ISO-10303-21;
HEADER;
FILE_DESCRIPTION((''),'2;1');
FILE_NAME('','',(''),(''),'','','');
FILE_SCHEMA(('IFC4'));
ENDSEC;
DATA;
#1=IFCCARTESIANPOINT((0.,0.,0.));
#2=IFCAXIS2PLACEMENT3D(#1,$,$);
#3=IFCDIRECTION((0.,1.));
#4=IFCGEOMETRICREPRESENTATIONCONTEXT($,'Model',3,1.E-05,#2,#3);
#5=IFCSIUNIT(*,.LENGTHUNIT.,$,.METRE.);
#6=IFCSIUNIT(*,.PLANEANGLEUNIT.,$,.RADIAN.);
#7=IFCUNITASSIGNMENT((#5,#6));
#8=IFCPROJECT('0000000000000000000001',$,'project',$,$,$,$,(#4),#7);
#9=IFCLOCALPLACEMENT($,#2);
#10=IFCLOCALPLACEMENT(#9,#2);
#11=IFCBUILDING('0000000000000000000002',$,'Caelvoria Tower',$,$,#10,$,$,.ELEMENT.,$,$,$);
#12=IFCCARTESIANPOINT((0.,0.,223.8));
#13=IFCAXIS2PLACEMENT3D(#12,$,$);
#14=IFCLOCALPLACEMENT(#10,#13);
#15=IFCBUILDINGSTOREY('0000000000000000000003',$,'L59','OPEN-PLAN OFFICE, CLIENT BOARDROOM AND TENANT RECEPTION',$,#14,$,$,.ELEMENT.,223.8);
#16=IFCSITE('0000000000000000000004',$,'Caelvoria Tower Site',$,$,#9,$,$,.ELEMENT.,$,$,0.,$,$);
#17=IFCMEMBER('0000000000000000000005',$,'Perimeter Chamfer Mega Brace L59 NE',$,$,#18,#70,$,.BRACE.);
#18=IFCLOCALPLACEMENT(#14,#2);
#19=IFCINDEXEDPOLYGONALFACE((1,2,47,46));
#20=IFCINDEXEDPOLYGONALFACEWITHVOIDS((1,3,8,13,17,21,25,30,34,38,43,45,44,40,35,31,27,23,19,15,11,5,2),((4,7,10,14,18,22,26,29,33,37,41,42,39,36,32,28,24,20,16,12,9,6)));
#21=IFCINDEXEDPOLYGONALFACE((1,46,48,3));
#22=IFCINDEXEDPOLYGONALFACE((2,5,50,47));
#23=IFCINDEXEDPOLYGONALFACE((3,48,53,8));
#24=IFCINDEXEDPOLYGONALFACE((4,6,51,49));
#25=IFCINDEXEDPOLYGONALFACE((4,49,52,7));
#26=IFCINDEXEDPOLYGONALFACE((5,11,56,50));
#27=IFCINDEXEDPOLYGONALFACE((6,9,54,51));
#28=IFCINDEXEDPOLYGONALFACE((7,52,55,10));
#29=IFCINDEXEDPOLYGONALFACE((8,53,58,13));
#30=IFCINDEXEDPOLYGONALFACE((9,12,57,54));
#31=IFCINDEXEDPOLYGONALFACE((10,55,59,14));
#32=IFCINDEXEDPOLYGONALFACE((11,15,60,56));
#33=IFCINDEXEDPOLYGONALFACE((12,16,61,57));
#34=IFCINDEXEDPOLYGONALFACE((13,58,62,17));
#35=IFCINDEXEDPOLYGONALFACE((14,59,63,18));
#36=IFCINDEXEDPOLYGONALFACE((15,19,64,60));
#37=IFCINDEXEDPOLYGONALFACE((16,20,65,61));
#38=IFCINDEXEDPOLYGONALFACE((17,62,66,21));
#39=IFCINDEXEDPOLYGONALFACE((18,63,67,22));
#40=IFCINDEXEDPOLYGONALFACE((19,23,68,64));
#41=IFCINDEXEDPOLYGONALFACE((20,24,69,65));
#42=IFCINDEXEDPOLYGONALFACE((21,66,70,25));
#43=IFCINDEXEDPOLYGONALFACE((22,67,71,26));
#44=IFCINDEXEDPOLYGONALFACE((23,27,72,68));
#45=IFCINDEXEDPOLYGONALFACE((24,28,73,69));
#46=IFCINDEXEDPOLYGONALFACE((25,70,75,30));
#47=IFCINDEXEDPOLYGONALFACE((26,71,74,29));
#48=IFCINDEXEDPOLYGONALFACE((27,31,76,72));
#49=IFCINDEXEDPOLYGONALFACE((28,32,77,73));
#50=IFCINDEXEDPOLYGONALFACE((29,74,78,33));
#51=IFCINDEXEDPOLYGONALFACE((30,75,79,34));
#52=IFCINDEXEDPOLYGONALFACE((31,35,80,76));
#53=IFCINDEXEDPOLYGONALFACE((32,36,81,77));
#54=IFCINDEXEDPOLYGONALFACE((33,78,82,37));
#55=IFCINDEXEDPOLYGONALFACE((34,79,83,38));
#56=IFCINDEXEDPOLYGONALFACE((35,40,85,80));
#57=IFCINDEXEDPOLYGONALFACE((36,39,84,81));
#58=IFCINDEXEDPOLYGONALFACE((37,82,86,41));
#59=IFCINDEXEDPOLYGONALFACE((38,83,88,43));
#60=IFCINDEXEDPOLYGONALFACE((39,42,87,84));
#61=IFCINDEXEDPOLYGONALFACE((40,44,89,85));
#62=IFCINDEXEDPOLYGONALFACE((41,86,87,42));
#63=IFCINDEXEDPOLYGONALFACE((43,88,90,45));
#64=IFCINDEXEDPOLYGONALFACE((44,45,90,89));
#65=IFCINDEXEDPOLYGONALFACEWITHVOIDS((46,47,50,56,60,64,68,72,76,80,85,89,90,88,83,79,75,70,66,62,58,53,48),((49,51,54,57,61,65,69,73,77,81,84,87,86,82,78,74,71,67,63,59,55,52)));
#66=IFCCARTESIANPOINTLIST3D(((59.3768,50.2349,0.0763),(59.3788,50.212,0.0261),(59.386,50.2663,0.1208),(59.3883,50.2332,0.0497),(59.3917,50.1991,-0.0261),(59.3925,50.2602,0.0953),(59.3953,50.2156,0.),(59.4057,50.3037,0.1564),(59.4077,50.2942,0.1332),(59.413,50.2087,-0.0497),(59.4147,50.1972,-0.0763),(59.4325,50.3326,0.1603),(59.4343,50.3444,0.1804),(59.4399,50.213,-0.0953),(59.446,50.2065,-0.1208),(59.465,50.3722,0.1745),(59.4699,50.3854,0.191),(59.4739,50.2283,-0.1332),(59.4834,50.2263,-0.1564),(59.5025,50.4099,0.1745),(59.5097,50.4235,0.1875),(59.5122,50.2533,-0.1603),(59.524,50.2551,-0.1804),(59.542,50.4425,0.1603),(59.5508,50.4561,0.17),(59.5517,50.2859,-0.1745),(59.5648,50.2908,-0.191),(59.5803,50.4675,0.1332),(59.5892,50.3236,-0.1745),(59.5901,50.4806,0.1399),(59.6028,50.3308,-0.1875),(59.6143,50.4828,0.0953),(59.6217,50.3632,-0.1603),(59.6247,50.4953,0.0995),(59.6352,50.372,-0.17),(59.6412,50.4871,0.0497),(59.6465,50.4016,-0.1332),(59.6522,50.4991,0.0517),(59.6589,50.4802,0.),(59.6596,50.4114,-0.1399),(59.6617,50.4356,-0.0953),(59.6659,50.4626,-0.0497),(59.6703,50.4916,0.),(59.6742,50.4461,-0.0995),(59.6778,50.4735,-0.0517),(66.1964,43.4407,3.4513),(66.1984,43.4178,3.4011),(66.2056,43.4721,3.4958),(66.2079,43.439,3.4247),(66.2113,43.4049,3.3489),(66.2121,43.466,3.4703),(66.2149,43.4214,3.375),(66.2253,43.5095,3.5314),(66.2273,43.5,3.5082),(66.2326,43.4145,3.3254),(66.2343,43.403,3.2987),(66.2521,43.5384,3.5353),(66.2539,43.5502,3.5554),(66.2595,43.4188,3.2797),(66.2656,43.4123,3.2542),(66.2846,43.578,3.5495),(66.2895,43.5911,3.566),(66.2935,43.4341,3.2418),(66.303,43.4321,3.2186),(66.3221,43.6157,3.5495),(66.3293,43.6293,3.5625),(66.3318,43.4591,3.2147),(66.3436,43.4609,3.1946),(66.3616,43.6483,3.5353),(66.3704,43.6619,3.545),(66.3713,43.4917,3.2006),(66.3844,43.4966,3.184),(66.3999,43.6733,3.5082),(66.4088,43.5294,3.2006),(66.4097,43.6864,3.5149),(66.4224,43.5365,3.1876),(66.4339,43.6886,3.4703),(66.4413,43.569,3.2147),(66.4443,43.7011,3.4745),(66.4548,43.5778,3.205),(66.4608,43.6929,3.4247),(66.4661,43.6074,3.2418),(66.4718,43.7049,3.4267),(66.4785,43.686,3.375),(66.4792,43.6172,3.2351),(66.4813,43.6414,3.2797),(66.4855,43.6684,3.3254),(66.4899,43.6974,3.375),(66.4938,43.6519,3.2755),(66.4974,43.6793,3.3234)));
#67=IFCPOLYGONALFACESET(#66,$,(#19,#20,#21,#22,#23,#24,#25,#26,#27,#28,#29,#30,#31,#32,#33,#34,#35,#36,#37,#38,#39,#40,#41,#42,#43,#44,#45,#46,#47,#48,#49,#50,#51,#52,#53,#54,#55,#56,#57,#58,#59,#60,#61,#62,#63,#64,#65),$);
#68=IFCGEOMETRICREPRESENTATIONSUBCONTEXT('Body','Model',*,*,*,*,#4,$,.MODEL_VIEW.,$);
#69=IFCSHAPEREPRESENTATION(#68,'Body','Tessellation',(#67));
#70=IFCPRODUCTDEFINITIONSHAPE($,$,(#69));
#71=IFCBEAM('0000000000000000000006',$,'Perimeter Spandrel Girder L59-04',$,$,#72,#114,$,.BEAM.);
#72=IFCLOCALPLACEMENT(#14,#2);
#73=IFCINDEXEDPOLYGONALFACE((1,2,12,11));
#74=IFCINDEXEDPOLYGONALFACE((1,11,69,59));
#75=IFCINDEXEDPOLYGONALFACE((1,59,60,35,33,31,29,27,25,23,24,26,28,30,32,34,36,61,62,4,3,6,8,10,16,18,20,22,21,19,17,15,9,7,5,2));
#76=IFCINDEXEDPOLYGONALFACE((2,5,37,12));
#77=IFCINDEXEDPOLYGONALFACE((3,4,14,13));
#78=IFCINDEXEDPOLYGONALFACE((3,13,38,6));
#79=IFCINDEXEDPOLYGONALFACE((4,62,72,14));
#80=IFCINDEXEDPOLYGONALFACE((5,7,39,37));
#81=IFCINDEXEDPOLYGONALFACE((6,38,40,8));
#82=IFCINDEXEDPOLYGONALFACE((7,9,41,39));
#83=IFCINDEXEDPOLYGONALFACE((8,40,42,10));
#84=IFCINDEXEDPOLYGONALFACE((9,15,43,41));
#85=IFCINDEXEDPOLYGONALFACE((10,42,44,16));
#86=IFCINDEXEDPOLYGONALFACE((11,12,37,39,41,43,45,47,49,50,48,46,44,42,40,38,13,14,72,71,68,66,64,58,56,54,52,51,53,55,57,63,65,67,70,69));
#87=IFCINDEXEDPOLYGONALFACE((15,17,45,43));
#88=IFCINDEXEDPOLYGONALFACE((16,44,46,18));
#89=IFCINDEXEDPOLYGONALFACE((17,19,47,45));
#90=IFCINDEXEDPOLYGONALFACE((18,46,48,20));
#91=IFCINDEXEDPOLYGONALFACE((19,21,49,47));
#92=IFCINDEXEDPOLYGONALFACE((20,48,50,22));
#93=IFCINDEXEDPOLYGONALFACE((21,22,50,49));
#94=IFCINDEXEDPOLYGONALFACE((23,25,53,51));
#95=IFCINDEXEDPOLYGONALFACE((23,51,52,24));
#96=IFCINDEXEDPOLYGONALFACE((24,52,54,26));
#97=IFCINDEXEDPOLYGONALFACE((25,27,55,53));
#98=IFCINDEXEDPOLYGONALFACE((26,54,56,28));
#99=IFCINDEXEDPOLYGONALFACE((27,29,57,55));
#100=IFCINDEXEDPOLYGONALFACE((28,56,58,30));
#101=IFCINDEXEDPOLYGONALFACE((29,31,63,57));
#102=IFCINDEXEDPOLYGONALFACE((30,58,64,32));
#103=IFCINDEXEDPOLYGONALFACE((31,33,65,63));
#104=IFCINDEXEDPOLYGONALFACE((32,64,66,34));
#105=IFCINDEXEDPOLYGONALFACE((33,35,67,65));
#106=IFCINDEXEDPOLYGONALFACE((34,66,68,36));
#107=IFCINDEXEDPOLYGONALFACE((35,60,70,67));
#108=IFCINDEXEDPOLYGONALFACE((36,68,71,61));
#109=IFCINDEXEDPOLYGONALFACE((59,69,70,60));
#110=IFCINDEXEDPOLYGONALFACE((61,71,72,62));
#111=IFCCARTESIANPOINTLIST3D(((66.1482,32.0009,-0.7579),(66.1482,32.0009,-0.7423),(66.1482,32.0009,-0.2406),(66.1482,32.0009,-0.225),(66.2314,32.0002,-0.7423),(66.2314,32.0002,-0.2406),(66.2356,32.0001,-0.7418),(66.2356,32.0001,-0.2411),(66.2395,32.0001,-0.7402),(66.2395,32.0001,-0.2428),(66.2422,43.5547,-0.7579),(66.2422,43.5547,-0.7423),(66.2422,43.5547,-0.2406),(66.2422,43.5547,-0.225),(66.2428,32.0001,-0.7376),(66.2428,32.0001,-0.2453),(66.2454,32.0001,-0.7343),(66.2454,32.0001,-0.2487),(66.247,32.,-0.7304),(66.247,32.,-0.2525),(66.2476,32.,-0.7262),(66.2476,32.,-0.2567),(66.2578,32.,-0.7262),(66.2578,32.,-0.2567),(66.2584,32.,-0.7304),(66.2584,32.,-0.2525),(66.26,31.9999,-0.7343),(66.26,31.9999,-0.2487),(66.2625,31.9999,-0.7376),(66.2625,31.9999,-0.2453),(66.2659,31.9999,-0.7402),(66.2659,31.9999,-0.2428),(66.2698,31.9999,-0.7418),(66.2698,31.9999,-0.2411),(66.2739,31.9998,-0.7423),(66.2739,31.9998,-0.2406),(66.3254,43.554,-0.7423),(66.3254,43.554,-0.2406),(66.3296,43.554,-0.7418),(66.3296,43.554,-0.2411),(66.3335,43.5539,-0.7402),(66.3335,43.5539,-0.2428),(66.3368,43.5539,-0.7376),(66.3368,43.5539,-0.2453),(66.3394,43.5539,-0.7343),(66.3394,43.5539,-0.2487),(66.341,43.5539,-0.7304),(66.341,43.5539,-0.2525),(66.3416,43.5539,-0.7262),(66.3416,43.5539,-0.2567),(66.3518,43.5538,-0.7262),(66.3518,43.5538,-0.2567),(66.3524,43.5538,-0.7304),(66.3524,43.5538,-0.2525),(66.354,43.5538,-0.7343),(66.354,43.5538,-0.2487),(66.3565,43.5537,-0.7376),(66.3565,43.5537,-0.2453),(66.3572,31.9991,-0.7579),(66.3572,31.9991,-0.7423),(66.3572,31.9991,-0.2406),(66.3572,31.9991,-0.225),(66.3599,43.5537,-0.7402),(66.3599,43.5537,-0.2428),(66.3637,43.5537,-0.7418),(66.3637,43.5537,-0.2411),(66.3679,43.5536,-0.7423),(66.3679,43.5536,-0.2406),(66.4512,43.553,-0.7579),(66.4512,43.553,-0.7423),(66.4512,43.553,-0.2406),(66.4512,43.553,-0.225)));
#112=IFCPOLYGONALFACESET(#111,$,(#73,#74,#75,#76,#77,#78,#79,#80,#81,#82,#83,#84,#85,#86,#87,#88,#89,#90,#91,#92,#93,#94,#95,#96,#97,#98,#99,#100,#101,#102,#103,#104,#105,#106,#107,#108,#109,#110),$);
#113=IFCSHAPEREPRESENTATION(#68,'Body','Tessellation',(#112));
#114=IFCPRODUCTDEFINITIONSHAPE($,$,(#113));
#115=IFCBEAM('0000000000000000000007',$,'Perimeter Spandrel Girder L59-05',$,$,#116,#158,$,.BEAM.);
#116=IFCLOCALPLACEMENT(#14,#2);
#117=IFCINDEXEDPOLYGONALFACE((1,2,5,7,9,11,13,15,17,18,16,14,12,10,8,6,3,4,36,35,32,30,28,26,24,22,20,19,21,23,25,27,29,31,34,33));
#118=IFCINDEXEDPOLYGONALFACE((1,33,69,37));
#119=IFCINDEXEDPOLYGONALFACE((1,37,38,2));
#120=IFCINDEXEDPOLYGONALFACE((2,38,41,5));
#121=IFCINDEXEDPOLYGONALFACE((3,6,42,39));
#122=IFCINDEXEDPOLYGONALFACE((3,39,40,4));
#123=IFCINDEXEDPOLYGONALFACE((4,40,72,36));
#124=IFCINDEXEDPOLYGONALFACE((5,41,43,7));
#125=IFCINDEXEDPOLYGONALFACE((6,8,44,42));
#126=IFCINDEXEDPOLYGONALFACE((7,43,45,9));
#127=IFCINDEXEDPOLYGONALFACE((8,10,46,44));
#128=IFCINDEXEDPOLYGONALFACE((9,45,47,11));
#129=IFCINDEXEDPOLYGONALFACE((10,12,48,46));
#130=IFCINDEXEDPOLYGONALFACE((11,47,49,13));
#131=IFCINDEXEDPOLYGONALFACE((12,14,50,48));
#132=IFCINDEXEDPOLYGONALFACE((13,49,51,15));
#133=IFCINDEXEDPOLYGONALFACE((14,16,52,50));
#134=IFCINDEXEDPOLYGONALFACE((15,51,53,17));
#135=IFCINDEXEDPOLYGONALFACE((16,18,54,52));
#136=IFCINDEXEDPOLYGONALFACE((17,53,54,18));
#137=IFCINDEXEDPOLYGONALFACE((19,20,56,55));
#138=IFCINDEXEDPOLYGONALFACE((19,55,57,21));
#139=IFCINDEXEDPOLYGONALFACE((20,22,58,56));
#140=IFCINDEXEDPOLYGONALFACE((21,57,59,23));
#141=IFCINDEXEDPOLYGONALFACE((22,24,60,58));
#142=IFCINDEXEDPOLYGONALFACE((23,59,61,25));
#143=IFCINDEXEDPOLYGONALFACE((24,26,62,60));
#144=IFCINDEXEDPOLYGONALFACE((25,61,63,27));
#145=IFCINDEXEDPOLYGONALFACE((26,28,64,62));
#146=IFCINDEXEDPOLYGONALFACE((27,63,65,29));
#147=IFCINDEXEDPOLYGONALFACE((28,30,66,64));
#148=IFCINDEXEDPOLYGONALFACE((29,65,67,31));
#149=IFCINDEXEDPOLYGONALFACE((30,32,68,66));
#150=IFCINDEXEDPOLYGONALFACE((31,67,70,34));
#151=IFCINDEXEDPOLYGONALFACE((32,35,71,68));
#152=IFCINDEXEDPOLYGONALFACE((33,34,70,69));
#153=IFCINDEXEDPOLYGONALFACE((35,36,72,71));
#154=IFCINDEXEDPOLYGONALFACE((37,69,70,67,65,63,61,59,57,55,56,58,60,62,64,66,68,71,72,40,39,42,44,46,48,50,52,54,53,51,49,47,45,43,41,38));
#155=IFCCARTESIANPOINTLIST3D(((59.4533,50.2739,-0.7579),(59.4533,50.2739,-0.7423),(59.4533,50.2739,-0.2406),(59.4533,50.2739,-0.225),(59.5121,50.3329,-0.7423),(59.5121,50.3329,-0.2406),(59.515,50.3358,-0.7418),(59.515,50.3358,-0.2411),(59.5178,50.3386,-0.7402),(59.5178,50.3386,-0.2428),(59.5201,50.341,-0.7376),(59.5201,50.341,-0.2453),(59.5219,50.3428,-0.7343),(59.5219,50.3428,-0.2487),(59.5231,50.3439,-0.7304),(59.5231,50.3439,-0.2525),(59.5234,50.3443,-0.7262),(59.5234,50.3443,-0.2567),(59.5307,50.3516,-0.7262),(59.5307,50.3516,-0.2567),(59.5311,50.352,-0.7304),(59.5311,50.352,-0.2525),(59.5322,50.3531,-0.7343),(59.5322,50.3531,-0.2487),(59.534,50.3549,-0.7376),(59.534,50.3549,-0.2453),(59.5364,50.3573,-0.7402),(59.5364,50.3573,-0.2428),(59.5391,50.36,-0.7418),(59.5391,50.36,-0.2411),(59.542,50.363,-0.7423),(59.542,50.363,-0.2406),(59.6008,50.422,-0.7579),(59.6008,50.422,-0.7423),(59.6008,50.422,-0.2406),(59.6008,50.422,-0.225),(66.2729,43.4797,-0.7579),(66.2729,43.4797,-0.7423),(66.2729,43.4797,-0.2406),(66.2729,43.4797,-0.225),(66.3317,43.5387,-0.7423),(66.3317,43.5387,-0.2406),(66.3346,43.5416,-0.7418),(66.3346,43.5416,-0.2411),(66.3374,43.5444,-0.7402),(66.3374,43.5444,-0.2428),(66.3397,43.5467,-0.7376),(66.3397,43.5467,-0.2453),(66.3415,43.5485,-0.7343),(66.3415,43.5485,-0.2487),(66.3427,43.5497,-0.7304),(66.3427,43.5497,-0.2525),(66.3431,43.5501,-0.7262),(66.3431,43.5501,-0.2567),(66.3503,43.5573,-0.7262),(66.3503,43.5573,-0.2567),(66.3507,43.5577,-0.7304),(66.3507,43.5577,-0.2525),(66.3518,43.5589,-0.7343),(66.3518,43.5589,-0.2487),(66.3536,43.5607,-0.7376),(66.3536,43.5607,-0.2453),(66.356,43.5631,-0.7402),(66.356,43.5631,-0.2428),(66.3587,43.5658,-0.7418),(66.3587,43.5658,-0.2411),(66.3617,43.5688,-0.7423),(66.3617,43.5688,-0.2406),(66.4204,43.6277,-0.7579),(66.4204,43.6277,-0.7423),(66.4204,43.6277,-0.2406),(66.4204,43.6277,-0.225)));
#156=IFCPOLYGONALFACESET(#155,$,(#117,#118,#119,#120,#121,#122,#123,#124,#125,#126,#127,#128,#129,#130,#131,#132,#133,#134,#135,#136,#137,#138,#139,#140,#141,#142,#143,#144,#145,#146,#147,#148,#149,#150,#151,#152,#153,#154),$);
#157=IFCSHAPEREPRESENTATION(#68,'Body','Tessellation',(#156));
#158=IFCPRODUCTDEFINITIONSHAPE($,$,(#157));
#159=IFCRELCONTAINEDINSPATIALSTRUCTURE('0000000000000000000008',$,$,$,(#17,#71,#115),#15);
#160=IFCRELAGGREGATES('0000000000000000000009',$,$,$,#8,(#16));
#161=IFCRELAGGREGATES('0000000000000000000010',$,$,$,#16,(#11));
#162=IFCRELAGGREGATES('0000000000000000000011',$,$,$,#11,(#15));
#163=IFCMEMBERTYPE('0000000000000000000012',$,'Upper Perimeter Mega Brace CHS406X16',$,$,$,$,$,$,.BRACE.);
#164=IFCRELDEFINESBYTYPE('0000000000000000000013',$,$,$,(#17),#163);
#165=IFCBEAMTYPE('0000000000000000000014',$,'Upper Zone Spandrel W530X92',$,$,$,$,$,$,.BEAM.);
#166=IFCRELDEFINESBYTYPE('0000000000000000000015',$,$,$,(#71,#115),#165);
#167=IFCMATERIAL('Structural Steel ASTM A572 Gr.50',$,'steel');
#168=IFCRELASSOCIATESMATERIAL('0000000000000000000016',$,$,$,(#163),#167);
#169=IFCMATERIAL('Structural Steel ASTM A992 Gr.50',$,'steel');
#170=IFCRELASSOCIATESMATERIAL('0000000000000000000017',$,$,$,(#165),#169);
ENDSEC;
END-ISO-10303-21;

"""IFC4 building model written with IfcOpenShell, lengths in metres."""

from ifc_helpers import new_model, si_unit, direction, frame, origin, origin_2d, place, context, subcontext, project, spatial, hollow_circle, i_section, extrude, material, material_profile, profile_set, type_object, element, save


model = new_model("IFC4")

# Units and contexts
model_context = context("Model", 3, precision=1e-05, world=origin(), true_north=direction((0.0, 1.0)))
body_context = subcontext(model_context, "Body", "Model", "MODEL_VIEW")
ifc_project = project(units=[si_unit("LENGTHUNIT", "METRE"), si_unit("PLANEANGLEUNIT", "RADIAN")], contexts=[model_context])

# Site, building, storey
site_placement = place(None, origin())
site = spatial("IfcSite", under=ifc_project, at=site_placement, Name="Caelvoria Tower Site", CompositionType="ELEMENT", RefElevation=0.0)
building_placement = place(site_placement, origin())
building = spatial("IfcBuilding", under=site, at=building_placement, Name="Caelvoria Tower", CompositionType="ELEMENT")
storey_placement = place(building_placement, frame((0.0, 0.0, 223.8)))
storey = spatial("IfcBuildingStorey", under=building, at=storey_placement, Name="L59", Description="OPEN-PLAN OFFICE, CLIENT BOARDROOM AND TENANT RECEPTION", CompositionType="ELEMENT", Elevation=223.8)

# Shared definitions
ifc_material_1 = material(Name="Structural Steel ASTM A572 Gr.50", Category="steel")

# Shared definitions
ifc_material_2 = material(Name="Structural Steel ASTM A992 Gr.50", Category="steel")

# Member
ifc_material_profile_1 = material_profile(ifc_material_1, hollow_circle(Radius=0.2029, WallThickness=0.0161, at=origin_2d()), Name="Structural Steel ASTM A572 Gr.50")
ifc_profile_set_1 = profile_set([ifc_material_profile_1], Name="CHS406X16 - Structural Steel ASTM A572 Gr.50")
member_type = type_object("IfcMemberType", Name="Upper Perimeter Mega Brace CHS406X16", PredefinedType="BRACE", material=ifc_profile_set_1)
member_placement = place(storey_placement, frame((59.5271, 50.3479, 0.0), z_axis=(0.668527, -0.666038, 0.330853), x_axis=(0.705787, 0.708424, 0.0)))
element("IfcMember", 1, at=member_placement, inside=storey, type_object=member_type, Name="Perimeter Chamfer Mega Brace L59 NE", PredefinedType="BRACE", context=body_context, shape_type="SweptSolid", body=[
    extrude(hollow_circle(Radius=0.2029, WallThickness=0.0161, at=origin_2d()), origin(), (0.0, 0.0, 1.0), 10.2009),
])

# Beams
ifc_material_profile_2 = material_profile(ifc_material_2, i_section(OverallWidth=0.209, OverallDepth=0.533, WebThickness=0.0103, FlangeThickness=0.0156, FilletRadius=0.0161, at=origin_2d()), Name="Structural Steel ASTM A992 Gr.50")
ifc_profile_set_2 = profile_set([ifc_material_profile_2], Name="W530X92 - Structural Steel ASTM A992 Gr.50")
beam_type_1 = type_object("IfcBeamType", Name="Upper Zone Spandrel W530X92", PredefinedType="BEAM", material=ifc_profile_set_2)
beam_1_placement = place(storey_placement, frame((66.2527, 32.0, -0.4915), z_axis=(0.008135, 0.999967, 0.0), x_axis=(-0.999967, 0.008135, 0.0)))
element("IfcBeam", 2, at=beam_1_placement, inside=storey, type_object=beam_type_1, Name="Perimeter Spandrel Girder L59-04", PredefinedType="BEAM", context=body_context, shape_type="SweptSolid", body=[
    extrude(i_section(OverallWidth=0.209, OverallDepth=0.533, WebThickness=0.0103, FlangeThickness=0.0156, FilletRadius=0.0161, at=origin_2d()), origin(), (0.0, 0.0, 1.0), 11.5542),
])
beam_2_placement = place(storey_placement, frame((66.3467, 43.5537, -0.4915), z_axis=(-0.708424, 0.705787, 0.0), x_axis=(-0.705787, -0.708424, 0.0)))
element("IfcBeam", 3, at=beam_2_placement, inside=storey, type_object=beam_type_1, Name="Perimeter Spandrel Girder L59-05", PredefinedType="BEAM", context=body_context, shape_type="SweptSolid", body=[
    extrude(i_section(OverallWidth=0.209, OverallDepth=0.533, WebThickness=0.0103, FlangeThickness=0.0156, FilletRadius=0.0161, at=origin_2d()), origin(), (0.0, 0.0, 1.0), 9.6265),
])

save(model, "model.ifc")
